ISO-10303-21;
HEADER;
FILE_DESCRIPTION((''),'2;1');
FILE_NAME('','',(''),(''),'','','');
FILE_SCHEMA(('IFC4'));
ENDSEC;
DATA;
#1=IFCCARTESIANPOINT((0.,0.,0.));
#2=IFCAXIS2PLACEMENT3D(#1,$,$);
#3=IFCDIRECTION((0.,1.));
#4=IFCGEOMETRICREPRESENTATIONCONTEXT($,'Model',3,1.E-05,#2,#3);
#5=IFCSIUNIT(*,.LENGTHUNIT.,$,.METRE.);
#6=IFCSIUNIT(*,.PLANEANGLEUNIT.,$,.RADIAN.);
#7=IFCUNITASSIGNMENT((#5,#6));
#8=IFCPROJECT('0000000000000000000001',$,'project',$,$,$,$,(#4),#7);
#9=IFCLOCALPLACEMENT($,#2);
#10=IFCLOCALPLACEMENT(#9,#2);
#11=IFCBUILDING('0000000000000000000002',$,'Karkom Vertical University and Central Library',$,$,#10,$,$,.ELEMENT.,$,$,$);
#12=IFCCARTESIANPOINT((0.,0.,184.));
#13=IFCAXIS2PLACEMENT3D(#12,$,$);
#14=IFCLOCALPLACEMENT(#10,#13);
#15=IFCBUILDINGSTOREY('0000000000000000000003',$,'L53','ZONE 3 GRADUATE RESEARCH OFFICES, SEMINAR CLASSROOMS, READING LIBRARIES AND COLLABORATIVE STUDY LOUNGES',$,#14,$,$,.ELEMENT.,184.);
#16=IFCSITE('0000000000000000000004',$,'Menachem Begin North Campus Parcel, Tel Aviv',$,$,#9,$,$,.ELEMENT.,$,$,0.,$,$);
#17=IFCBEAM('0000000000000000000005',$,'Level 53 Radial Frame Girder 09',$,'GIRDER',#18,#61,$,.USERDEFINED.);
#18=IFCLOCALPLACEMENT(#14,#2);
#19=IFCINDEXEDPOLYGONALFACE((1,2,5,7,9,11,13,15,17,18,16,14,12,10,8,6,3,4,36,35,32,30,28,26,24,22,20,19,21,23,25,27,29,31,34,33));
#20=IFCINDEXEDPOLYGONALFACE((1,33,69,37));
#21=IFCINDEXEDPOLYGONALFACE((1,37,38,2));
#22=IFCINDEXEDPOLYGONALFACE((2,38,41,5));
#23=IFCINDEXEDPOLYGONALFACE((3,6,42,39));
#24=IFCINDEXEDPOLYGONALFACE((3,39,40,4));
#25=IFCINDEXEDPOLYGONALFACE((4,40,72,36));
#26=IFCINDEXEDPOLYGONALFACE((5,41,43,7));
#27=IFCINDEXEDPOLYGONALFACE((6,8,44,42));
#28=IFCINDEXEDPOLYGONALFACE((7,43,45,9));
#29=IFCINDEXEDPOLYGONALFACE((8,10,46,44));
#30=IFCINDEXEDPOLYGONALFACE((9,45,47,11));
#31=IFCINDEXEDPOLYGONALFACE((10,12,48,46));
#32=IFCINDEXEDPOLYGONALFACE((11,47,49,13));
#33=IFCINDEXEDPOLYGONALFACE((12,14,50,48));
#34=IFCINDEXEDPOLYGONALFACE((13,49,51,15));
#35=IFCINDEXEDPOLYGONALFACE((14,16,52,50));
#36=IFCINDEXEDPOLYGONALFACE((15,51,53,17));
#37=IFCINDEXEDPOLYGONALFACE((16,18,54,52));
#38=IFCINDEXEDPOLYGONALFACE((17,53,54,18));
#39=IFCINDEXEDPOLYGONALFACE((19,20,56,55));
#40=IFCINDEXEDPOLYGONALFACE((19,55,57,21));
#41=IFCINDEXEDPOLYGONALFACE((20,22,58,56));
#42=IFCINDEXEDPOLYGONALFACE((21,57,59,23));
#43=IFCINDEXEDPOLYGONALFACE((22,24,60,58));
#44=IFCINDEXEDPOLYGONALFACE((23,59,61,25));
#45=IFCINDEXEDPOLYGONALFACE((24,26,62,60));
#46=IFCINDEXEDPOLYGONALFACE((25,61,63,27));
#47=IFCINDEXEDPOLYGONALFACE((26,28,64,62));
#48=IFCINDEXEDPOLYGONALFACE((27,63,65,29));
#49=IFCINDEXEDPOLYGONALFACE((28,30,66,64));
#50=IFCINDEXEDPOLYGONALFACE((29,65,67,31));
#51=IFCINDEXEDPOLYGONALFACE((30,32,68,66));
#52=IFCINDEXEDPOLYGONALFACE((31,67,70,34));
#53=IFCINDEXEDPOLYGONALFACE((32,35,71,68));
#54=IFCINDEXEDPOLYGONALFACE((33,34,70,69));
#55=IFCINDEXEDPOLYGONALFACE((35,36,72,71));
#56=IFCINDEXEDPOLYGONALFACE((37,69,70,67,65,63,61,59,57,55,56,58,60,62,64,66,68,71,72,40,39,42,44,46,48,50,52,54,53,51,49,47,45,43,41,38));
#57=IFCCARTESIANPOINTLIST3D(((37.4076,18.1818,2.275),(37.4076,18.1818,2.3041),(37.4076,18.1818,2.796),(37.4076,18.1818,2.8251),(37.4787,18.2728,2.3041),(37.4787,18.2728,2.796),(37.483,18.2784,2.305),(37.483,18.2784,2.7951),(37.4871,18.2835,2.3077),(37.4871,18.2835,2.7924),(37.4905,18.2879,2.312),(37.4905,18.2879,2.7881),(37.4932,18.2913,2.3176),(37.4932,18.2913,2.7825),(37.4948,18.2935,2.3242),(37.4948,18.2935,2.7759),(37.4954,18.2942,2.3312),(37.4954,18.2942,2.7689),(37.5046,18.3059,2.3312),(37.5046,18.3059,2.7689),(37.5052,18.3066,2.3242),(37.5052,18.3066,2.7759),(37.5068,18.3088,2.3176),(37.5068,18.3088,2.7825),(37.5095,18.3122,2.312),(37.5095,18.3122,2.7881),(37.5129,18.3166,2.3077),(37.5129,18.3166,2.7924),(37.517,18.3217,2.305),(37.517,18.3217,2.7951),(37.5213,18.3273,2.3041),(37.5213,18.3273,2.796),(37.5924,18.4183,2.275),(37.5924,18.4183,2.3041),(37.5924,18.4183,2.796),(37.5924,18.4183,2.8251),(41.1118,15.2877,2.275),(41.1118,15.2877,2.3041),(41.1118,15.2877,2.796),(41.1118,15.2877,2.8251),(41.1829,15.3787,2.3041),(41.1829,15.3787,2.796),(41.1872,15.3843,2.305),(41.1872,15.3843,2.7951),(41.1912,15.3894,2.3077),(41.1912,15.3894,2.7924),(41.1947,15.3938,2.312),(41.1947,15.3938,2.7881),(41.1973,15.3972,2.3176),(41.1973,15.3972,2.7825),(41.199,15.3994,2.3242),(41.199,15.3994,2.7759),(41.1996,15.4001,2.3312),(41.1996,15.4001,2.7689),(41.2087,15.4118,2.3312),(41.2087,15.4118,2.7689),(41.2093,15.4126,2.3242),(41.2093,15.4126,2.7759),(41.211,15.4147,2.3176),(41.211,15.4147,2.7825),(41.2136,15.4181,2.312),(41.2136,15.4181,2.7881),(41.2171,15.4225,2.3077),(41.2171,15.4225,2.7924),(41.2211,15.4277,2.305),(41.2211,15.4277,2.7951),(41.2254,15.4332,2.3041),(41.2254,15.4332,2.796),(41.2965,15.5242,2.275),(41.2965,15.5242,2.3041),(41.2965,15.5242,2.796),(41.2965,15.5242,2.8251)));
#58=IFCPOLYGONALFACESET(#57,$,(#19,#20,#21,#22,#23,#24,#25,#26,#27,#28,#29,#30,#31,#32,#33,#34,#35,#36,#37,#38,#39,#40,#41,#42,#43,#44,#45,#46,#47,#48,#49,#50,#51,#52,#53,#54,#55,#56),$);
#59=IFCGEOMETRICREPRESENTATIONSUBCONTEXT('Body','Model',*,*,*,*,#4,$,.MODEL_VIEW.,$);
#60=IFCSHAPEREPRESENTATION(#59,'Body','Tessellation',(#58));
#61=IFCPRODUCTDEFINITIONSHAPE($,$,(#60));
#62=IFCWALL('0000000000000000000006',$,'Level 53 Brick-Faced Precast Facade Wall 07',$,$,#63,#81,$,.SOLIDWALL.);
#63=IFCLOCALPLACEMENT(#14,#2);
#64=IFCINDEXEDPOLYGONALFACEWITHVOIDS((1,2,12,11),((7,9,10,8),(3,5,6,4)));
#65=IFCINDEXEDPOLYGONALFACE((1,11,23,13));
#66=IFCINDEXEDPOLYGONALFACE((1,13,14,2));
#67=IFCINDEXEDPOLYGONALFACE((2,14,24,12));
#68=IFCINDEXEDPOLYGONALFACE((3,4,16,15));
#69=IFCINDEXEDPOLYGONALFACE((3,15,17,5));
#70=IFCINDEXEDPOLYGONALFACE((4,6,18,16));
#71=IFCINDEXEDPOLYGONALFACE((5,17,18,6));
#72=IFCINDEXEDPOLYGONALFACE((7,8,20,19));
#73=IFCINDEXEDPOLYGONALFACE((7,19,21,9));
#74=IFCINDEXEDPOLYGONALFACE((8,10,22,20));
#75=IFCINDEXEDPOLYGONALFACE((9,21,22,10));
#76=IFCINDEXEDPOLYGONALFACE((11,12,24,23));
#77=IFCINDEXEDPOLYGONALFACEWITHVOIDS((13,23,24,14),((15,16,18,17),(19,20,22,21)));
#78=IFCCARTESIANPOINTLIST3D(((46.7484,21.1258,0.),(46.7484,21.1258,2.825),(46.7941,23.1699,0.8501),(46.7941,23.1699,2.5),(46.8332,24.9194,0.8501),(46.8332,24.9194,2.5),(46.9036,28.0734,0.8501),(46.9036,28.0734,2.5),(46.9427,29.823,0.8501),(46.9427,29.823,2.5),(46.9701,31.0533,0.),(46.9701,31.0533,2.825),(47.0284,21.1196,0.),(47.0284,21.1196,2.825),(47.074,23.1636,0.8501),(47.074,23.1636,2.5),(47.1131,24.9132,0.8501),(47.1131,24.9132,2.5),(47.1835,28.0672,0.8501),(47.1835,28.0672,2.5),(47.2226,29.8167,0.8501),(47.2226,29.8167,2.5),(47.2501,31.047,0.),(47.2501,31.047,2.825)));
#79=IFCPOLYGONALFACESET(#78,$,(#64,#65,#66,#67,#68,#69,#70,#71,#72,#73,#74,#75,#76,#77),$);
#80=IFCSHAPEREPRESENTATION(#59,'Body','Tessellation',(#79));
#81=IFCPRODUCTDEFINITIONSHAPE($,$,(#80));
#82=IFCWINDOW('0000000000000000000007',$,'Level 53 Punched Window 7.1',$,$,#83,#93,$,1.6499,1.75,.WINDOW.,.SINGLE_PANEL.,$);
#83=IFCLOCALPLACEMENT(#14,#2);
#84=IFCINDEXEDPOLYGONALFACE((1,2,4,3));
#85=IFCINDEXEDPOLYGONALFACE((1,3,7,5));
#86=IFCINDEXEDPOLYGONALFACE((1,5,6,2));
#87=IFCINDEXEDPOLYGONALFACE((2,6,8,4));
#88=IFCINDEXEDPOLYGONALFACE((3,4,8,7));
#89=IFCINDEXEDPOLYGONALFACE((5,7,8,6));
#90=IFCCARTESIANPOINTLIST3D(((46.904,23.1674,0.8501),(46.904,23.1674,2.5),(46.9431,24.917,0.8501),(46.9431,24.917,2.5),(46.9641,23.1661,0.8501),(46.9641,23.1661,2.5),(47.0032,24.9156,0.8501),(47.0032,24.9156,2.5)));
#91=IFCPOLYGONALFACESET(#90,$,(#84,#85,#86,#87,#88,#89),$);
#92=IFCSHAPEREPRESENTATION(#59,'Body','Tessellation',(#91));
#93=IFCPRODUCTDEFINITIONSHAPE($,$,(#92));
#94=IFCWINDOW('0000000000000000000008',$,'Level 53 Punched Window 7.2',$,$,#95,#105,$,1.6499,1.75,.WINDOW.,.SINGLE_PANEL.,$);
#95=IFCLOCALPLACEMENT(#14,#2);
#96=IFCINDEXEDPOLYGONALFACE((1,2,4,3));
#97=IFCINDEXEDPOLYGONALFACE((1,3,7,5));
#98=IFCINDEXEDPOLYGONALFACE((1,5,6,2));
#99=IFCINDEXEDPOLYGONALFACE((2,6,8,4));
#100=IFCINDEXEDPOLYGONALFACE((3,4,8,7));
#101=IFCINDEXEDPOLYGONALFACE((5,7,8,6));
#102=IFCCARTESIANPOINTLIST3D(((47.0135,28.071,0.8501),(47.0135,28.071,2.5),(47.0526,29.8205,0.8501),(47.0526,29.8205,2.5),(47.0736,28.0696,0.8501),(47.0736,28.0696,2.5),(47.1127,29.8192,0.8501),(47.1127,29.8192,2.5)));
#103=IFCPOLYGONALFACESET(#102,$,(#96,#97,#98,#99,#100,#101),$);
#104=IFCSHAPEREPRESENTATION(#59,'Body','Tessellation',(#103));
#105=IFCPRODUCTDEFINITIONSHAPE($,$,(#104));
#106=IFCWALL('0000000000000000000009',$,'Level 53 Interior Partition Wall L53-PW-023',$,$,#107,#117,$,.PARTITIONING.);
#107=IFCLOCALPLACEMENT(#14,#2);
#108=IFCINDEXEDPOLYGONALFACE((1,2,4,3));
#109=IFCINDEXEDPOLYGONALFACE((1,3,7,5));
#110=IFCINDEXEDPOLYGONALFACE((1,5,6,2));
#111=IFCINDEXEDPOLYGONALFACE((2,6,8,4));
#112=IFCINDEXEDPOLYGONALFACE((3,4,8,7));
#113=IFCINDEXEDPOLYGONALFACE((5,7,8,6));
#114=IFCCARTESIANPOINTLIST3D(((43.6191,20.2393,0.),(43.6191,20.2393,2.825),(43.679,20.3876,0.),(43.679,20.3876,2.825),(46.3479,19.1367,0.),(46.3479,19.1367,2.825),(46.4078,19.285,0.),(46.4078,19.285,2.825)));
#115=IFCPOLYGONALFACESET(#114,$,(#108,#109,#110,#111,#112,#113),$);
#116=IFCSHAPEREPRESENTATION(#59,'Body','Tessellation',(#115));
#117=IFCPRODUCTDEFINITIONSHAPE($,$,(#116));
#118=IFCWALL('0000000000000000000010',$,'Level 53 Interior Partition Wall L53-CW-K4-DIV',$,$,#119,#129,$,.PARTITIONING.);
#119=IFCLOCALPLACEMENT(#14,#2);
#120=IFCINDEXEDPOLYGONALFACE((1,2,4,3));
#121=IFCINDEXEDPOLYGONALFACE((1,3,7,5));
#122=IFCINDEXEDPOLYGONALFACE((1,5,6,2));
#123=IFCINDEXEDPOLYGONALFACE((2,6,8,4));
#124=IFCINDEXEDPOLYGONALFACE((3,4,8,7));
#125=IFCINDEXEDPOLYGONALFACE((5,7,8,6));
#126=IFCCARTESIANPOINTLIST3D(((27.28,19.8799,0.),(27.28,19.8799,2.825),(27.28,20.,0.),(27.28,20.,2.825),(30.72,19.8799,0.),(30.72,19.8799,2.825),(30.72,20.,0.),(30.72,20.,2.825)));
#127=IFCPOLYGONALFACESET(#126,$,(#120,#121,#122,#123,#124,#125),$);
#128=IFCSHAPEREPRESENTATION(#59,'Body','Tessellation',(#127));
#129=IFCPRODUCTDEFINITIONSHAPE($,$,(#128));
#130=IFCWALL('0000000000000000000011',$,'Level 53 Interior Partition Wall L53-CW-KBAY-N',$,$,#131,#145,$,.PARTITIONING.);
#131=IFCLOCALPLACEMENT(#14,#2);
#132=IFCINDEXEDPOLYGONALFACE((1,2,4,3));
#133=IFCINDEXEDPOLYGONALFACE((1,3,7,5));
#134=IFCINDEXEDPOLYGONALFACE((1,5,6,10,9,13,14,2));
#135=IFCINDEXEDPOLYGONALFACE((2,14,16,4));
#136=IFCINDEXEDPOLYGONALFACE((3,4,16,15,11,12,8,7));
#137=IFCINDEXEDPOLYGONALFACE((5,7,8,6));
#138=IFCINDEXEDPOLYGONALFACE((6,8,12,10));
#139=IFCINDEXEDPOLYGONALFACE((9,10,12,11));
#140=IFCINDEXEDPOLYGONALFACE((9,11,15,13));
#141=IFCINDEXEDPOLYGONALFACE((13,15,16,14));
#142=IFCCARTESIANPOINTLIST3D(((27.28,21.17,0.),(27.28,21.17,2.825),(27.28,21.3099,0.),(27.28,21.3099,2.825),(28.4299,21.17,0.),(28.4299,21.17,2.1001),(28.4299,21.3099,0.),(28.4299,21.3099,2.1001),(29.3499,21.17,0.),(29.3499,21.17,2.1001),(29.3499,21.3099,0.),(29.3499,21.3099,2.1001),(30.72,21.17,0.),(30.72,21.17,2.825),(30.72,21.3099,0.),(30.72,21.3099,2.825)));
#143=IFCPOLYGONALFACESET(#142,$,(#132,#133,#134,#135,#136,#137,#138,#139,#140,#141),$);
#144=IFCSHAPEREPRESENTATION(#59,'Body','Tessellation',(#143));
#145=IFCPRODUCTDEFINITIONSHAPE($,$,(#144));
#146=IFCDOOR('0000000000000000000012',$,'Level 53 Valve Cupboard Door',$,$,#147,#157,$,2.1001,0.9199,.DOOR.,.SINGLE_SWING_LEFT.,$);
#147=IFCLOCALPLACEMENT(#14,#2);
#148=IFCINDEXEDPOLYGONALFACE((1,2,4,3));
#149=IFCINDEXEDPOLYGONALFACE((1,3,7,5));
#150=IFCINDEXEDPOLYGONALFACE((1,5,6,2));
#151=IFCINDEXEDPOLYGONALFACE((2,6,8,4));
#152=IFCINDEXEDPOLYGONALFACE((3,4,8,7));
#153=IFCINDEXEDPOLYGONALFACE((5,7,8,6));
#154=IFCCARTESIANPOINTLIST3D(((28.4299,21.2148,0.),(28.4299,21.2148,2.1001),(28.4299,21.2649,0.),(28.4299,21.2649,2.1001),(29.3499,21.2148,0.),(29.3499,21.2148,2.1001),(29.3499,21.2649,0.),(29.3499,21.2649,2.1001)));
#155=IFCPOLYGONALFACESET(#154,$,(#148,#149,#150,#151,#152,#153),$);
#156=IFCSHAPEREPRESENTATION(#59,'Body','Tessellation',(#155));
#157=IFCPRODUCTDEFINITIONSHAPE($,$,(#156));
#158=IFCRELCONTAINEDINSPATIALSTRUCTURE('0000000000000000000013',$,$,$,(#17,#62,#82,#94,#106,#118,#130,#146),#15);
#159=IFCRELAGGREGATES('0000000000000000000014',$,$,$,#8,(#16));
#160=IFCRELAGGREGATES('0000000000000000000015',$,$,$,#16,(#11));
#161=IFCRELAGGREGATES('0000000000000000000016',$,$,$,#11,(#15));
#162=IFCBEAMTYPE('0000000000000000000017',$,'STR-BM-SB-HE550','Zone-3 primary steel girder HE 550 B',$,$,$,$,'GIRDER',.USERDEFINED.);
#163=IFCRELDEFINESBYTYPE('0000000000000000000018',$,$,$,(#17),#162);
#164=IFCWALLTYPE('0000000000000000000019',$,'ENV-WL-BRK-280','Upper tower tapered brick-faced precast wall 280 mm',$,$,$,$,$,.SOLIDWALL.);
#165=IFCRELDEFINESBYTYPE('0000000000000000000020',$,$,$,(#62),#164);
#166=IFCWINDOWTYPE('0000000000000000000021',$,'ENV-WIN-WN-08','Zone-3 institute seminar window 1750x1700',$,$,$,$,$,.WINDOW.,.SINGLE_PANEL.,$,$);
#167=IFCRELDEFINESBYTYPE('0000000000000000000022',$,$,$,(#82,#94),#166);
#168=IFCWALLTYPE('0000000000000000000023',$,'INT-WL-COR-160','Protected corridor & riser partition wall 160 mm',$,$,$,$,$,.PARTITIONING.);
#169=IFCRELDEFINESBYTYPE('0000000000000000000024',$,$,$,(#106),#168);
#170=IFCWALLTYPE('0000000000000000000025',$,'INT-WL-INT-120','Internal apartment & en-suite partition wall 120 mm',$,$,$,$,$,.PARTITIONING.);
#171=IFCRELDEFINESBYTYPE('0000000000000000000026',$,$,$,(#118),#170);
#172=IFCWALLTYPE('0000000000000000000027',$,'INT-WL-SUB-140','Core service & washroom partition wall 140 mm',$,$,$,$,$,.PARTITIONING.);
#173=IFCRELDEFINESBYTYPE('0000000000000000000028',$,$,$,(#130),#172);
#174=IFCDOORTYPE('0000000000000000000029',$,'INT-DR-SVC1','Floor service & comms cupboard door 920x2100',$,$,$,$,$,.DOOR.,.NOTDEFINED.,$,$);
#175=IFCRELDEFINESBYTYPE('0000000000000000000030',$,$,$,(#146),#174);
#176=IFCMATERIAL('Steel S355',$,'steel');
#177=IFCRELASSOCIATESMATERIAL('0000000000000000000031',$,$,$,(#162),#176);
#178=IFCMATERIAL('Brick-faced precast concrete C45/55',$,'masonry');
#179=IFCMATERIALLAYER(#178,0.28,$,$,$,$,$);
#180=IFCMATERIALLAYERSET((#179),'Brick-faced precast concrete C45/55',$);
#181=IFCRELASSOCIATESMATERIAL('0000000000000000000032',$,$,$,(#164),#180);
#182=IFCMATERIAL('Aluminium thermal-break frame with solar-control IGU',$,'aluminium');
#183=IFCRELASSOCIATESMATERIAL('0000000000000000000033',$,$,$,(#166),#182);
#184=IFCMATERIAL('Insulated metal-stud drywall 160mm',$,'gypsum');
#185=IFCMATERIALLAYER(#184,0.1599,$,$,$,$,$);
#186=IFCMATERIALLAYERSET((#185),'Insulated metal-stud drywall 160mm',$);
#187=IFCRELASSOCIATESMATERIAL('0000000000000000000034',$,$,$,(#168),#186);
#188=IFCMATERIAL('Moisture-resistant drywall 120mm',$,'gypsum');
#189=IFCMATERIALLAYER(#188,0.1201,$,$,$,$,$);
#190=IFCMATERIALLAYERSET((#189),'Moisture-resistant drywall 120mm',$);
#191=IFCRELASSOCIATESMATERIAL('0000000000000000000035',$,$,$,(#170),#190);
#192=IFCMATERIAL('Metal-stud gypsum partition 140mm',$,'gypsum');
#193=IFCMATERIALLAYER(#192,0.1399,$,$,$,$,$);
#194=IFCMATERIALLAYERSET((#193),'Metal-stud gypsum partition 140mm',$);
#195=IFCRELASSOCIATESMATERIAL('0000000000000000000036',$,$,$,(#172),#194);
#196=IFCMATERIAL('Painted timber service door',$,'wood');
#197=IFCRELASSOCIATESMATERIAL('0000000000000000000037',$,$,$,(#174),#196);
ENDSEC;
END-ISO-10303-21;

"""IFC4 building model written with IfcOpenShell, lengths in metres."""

from ifc_helpers import new_model, si_unit, direction, frame, frame_2d, origin, origin_with_axes, origin_2d, place, context, subcontext, project, spatial, rectangle, i_section, extrude, source, transform, mapped, material, layer, layer_set, material_profile, profile_set, type_object, element, fill, save


model = new_model("IFC4")

# Units and contexts
model_context = context("Model", 3, precision=1e-05, world=origin(), true_north=direction((0.0, 1.0)))
body_context = subcontext(model_context, "Body", "Model", "MODEL_VIEW")
ifc_project = project(units=[si_unit("LENGTHUNIT", "METRE"), si_unit("PLANEANGLEUNIT", "RADIAN")], contexts=[model_context])

# Site, building, storey
site_placement = place(None, origin())
site = spatial("IfcSite", under=ifc_project, at=site_placement, Name="Menachem Begin North Campus Parcel, Tel Aviv", CompositionType="ELEMENT", RefElevation=0.0)
building_placement = place(site_placement, origin())
building = spatial("IfcBuilding", under=site, at=building_placement, Name="Karkom Vertical University and Central Library", CompositionType="ELEMENT")
storey_placement = place(building_placement, frame((0.0, 0.0, 184.0)))
storey = spatial("IfcBuildingStorey", under=building, at=storey_placement, Name="L53", Description="ZONE 3 GRADUATE RESEARCH OFFICES, SEMINAR CLASSROOMS, READING LIBRARIES AND COLLABORATIVE STUDY LOUNGES", CompositionType="ELEMENT", Elevation=184.0)

# Beam
ifc_material_1 = material(Name="Steel S355", Category="steel")
ifc_material_profile_1 = material_profile(ifc_material_1, i_section(OverallWidth=0.3, OverallDepth=0.55, WebThickness=0.0149, FlangeThickness=0.0291, FilletRadius=0.0271, at=origin_2d()), Name="HE 550 B")
ifc_profile_set_1 = profile_set([ifc_material_profile_1], Name="Steel S355")
beam_type_1 = type_object("IfcBeamType", Name="STR-BM-SB-HE550", Description="Zone-3 primary steel girder HE 550 B", ElementType="GIRDER", PredefinedType="USERDEFINED", material=ifc_profile_set_1)
shared_shape_1 = source(origin_with_axes(), body_context, "Body", "SweptSolid", [
    extrude(i_section(OverallWidth=0.3, OverallDepth=0.55, WebThickness=0.0149, FlangeThickness=0.0291, FilletRadius=0.0271, at=origin_2d()), origin(), (0.0, 0.0, 1.0), 4.7007),
])
beam_1_placement = place(storey_placement, frame((37.5, 18.3, 2.55), z_axis=(0.788002, -0.615672, 0.0), x_axis=(0.615672, 0.788002, 0.0)))
element("IfcBeam", 1, at=beam_1_placement, inside=storey, type_object=beam_type_1, Name="Level 53 Radial Frame Girder 09", ObjectType="GIRDER", PredefinedType="USERDEFINED", context=body_context, shape_type="MappedRepresentation", body=[
    mapped(shared_shape_1, transform((0.0, 0.0, 0.0), scale=1.0)),
])

# Wall, openings, windows
ifc_material_2 = material(Name="Brick-faced precast concrete C45/55", Category="masonry")
ifc_layer_1 = layer(ifc_material_2, 0.28)
ifc_layer_set_1 = layer_set([ifc_layer_1], Name="Brick-faced precast concrete C45/55")
wall_type_1 = type_object("IfcWallType", Name="ENV-WL-BRK-280", Description="Upper tower tapered brick-faced precast wall 280 mm", PredefinedType="SOLIDWALL", material=ifc_layer_set_1)
wall_1_placement = place(storey_placement, frame((46.8884, 21.1228, 0.0), z_axis=(0.0, 0.0, 1.0), x_axis=(0.022324, 0.999751, 0.0)))
wall_1 = element("IfcWall", 2, at=wall_1_placement, inside=storey, type_object=wall_type_1, Name="Level 53 Brick-Faced Precast Facade Wall 07", PredefinedType="SOLIDWALL", context=body_context, shape_type="SweptSolid", body=[
    extrude(rectangle(XDim=9.9299, YDim=0.28, at=frame_2d((4.9648, 0.0))), origin(), (0.0, 0.0, 1.0), 2.825),
])
opening_1_placement = place(wall_1_placement, frame((2.0444, 0.0, 0.8501)))
opening_1 = element("IfcOpeningElement", 3, at=opening_1_placement, cuts=wall_1, PredefinedType="OPENING", context=body_context, shape_type="SweptSolid", body=[
    extrude(rectangle(XDim=1.75, YDim=1.6499, at=frame_2d((0.875, 0.825))), frame((0.0, 0.1499, 0.0), z_axis=(0.0, -1.0, 0.0), x_axis=(1.0, 0.0, 0.0)), (0.0, 0.0, 1.0), 0.3),
])
opening_2_placement = place(wall_1_placement, frame((6.9492, 0.0, 0.8501)))
opening_2 = element("IfcOpeningElement", 4, at=opening_2_placement, cuts=wall_1, PredefinedType="OPENING", context=body_context, shape_type="SweptSolid", body=[
    extrude(rectangle(XDim=1.75, YDim=1.6499, at=frame_2d((0.875, 0.825))), frame((0.0, 0.1499, 0.0), z_axis=(0.0, -1.0, 0.0), x_axis=(1.0, 0.0, 0.0)), (0.0, 0.0, 1.0), 0.3),
])
ifc_material_3 = material(Name="Aluminium thermal-break frame with solar-control IGU", Category="aluminium")
window_type = type_object("IfcWindowType", Name="ENV-WIN-WN-08", Description="Zone-3 institute seminar window 1750x1700", PartitioningType="SINGLE_PANEL", PredefinedType="WINDOW", material=ifc_material_3)
shared_shape_2 = source(origin_with_axes(), body_context, "Body", "SweptSolid", [
    extrude(rectangle(XDim=1.75, YDim=1.6499, at=frame_2d((0.875, 0.825))), frame((0.0, 0.03, 0.0), z_axis=(0.0, -1.0, 0.0), x_axis=(1.0, 0.0, 0.0)), (0.0, 0.0, 1.0), 0.0601),
])
window_1_placement = place(opening_1_placement, origin())
window_1 = element("IfcWindow", 5, at=window_1_placement, inside=storey, type_object=window_type, Name="Level 53 Punched Window 7.1", OverallHeight=1.6499, OverallWidth=1.75, PartitioningType="SINGLE_PANEL", PredefinedType="WINDOW", context=body_context, shape_type="MappedRepresentation", body=[
    mapped(shared_shape_2, transform((0.0, 0.0, 0.0), scale=1.0)),
])
fill(opening_1, window_1)
window_2_placement = place(opening_2_placement, origin())
window_2 = element("IfcWindow", 6, at=window_2_placement, inside=storey, type_object=window_type, Name="Level 53 Punched Window 7.2", OverallHeight=1.6499, OverallWidth=1.75, PartitioningType="SINGLE_PANEL", PredefinedType="WINDOW", context=body_context, shape_type="MappedRepresentation", body=[
    mapped(shared_shape_2, transform((0.0, 0.0, 0.0), scale=1.0)),
])
fill(opening_2, window_2)

# Walls
ifc_material_4 = material(Name="Insulated metal-stud drywall 160mm", Category="gypsum")
ifc_layer_2 = layer(ifc_material_4, 0.1599)
ifc_layer_set_2 = layer_set([ifc_layer_2], Name="Insulated metal-stud drywall 160mm")
wall_type_2 = type_object("IfcWallType", Name="INT-WL-COR-160", Description="Protected corridor & riser partition wall 160 mm", PredefinedType="PARTITIONING", material=ifc_layer_set_2)
wall_2_placement = place(storey_placement, frame((43.6489, 20.3135, 0.0), z_axis=(0.0, 0.0, 1.0), x_axis=(0.927178, -0.374621, 0.0)))
element("IfcWall", 7, at=wall_2_placement, inside=storey, type_object=wall_type_2, Name="Level 53 Interior Partition Wall L53-PW-023", PredefinedType="PARTITIONING", context=body_context, shape_type="SweptSolid", body=[
    extrude(rectangle(XDim=2.9431, YDim=0.1599, at=frame_2d((1.4717, 0.0))), origin(), (0.0, 0.0, 1.0), 2.825),
])
ifc_material_5 = material(Name="Moisture-resistant drywall 120mm", Category="gypsum")
ifc_layer_3 = layer(ifc_material_5, 0.1201)
ifc_layer_set_3 = layer_set([ifc_layer_3], Name="Moisture-resistant drywall 120mm")
wall_type_3 = type_object("IfcWallType", Name="INT-WL-INT-120", Description="Internal apartment & en-suite partition wall 120 mm", PredefinedType="PARTITIONING", material=ifc_layer_set_3)
wall_3_placement = place(storey_placement, frame((27.28, 19.9399, 0.0), z_axis=(0.0, 0.0, 1.0), x_axis=(1.0, 0.0, 0.0)))
element("IfcWall", 8, at=wall_3_placement, inside=storey, type_object=wall_type_3, Name="Level 53 Interior Partition Wall L53-CW-K4-DIV", PredefinedType="PARTITIONING", context=body_context, shape_type="SweptSolid", body=[
    extrude(rectangle(XDim=3.4399, YDim=0.1201, at=frame_2d((1.72, 0.0))), origin(), (0.0, 0.0, 1.0), 2.825),
])

# Wall, opening, door
ifc_material_6 = material(Name="Metal-stud gypsum partition 140mm", Category="gypsum")
ifc_layer_4 = layer(ifc_material_6, 0.1399)
ifc_layer_set_4 = layer_set([ifc_layer_4], Name="Metal-stud gypsum partition 140mm")
wall_type_4 = type_object("IfcWallType", Name="INT-WL-SUB-140", Description="Core service & washroom partition wall 140 mm", PredefinedType="PARTITIONING", material=ifc_layer_set_4)
wall_4_placement = place(storey_placement, frame((27.28, 21.24, 0.0), z_axis=(0.0, 0.0, 1.0), x_axis=(1.0, 0.0, 0.0)))
wall_4 = element("IfcWall", 9, at=wall_4_placement, inside=storey, type_object=wall_type_4, Name="Level 53 Interior Partition Wall L53-CW-KBAY-N", PredefinedType="PARTITIONING", context=body_context, shape_type="SweptSolid", body=[
    extrude(rectangle(XDim=3.4399, YDim=0.1399, at=frame_2d((1.72, 0.0))), origin(), (0.0, 0.0, 1.0), 2.825),
])
opening_3_placement = place(wall_4_placement, frame((1.1499, 0.0, 0.0)))
opening_3 = element("IfcOpeningElement", 10, at=opening_3_placement, cuts=wall_4, PredefinedType="OPENING", context=body_context, shape_type="SweptSolid", body=[
    extrude(rectangle(XDim=0.9199, YDim=2.1001, at=frame_2d((0.46, 1.05))), frame((0.0, 0.0801, 0.0), z_axis=(0.0, -1.0, 0.0), x_axis=(1.0, 0.0, 0.0)), (0.0, 0.0, 1.0), 0.1599),
])
ifc_material_7 = material(Name="Painted timber service door", Category="wood")
door_type_1 = type_object("IfcDoorType", Name="INT-DR-SVC1", Description="Floor service & comms cupboard door 920x2100", OperationType="NOTDEFINED", PredefinedType="DOOR", material=ifc_material_7)
shared_shape_3 = source(origin_with_axes(), body_context, "Body", "SweptSolid", [
    extrude(rectangle(XDim=0.9199, YDim=2.1001, at=frame_2d((0.46, 1.05))), frame((0.0, 0.0249, 0.0), z_axis=(0.0, -1.0, 0.0), x_axis=(1.0, 0.0, 0.0)), (0.0, 0.0, 1.0), 0.05),
])
door_1_placement = place(opening_3_placement, origin())
door_1 = element("IfcDoor", 11, at=door_1_placement, inside=storey, type_object=door_type_1, Name="Level 53 Valve Cupboard Door", OperationType="SINGLE_SWING_LEFT", OverallHeight=2.1001, OverallWidth=0.9199, PredefinedType="DOOR", context=body_context, shape_type="MappedRepresentation", body=[
    mapped(shared_shape_3, transform((0.0, 0.0, 0.0), scale=1.0)),
])
fill(opening_3, door_1)

save(model, "model.ifc")
